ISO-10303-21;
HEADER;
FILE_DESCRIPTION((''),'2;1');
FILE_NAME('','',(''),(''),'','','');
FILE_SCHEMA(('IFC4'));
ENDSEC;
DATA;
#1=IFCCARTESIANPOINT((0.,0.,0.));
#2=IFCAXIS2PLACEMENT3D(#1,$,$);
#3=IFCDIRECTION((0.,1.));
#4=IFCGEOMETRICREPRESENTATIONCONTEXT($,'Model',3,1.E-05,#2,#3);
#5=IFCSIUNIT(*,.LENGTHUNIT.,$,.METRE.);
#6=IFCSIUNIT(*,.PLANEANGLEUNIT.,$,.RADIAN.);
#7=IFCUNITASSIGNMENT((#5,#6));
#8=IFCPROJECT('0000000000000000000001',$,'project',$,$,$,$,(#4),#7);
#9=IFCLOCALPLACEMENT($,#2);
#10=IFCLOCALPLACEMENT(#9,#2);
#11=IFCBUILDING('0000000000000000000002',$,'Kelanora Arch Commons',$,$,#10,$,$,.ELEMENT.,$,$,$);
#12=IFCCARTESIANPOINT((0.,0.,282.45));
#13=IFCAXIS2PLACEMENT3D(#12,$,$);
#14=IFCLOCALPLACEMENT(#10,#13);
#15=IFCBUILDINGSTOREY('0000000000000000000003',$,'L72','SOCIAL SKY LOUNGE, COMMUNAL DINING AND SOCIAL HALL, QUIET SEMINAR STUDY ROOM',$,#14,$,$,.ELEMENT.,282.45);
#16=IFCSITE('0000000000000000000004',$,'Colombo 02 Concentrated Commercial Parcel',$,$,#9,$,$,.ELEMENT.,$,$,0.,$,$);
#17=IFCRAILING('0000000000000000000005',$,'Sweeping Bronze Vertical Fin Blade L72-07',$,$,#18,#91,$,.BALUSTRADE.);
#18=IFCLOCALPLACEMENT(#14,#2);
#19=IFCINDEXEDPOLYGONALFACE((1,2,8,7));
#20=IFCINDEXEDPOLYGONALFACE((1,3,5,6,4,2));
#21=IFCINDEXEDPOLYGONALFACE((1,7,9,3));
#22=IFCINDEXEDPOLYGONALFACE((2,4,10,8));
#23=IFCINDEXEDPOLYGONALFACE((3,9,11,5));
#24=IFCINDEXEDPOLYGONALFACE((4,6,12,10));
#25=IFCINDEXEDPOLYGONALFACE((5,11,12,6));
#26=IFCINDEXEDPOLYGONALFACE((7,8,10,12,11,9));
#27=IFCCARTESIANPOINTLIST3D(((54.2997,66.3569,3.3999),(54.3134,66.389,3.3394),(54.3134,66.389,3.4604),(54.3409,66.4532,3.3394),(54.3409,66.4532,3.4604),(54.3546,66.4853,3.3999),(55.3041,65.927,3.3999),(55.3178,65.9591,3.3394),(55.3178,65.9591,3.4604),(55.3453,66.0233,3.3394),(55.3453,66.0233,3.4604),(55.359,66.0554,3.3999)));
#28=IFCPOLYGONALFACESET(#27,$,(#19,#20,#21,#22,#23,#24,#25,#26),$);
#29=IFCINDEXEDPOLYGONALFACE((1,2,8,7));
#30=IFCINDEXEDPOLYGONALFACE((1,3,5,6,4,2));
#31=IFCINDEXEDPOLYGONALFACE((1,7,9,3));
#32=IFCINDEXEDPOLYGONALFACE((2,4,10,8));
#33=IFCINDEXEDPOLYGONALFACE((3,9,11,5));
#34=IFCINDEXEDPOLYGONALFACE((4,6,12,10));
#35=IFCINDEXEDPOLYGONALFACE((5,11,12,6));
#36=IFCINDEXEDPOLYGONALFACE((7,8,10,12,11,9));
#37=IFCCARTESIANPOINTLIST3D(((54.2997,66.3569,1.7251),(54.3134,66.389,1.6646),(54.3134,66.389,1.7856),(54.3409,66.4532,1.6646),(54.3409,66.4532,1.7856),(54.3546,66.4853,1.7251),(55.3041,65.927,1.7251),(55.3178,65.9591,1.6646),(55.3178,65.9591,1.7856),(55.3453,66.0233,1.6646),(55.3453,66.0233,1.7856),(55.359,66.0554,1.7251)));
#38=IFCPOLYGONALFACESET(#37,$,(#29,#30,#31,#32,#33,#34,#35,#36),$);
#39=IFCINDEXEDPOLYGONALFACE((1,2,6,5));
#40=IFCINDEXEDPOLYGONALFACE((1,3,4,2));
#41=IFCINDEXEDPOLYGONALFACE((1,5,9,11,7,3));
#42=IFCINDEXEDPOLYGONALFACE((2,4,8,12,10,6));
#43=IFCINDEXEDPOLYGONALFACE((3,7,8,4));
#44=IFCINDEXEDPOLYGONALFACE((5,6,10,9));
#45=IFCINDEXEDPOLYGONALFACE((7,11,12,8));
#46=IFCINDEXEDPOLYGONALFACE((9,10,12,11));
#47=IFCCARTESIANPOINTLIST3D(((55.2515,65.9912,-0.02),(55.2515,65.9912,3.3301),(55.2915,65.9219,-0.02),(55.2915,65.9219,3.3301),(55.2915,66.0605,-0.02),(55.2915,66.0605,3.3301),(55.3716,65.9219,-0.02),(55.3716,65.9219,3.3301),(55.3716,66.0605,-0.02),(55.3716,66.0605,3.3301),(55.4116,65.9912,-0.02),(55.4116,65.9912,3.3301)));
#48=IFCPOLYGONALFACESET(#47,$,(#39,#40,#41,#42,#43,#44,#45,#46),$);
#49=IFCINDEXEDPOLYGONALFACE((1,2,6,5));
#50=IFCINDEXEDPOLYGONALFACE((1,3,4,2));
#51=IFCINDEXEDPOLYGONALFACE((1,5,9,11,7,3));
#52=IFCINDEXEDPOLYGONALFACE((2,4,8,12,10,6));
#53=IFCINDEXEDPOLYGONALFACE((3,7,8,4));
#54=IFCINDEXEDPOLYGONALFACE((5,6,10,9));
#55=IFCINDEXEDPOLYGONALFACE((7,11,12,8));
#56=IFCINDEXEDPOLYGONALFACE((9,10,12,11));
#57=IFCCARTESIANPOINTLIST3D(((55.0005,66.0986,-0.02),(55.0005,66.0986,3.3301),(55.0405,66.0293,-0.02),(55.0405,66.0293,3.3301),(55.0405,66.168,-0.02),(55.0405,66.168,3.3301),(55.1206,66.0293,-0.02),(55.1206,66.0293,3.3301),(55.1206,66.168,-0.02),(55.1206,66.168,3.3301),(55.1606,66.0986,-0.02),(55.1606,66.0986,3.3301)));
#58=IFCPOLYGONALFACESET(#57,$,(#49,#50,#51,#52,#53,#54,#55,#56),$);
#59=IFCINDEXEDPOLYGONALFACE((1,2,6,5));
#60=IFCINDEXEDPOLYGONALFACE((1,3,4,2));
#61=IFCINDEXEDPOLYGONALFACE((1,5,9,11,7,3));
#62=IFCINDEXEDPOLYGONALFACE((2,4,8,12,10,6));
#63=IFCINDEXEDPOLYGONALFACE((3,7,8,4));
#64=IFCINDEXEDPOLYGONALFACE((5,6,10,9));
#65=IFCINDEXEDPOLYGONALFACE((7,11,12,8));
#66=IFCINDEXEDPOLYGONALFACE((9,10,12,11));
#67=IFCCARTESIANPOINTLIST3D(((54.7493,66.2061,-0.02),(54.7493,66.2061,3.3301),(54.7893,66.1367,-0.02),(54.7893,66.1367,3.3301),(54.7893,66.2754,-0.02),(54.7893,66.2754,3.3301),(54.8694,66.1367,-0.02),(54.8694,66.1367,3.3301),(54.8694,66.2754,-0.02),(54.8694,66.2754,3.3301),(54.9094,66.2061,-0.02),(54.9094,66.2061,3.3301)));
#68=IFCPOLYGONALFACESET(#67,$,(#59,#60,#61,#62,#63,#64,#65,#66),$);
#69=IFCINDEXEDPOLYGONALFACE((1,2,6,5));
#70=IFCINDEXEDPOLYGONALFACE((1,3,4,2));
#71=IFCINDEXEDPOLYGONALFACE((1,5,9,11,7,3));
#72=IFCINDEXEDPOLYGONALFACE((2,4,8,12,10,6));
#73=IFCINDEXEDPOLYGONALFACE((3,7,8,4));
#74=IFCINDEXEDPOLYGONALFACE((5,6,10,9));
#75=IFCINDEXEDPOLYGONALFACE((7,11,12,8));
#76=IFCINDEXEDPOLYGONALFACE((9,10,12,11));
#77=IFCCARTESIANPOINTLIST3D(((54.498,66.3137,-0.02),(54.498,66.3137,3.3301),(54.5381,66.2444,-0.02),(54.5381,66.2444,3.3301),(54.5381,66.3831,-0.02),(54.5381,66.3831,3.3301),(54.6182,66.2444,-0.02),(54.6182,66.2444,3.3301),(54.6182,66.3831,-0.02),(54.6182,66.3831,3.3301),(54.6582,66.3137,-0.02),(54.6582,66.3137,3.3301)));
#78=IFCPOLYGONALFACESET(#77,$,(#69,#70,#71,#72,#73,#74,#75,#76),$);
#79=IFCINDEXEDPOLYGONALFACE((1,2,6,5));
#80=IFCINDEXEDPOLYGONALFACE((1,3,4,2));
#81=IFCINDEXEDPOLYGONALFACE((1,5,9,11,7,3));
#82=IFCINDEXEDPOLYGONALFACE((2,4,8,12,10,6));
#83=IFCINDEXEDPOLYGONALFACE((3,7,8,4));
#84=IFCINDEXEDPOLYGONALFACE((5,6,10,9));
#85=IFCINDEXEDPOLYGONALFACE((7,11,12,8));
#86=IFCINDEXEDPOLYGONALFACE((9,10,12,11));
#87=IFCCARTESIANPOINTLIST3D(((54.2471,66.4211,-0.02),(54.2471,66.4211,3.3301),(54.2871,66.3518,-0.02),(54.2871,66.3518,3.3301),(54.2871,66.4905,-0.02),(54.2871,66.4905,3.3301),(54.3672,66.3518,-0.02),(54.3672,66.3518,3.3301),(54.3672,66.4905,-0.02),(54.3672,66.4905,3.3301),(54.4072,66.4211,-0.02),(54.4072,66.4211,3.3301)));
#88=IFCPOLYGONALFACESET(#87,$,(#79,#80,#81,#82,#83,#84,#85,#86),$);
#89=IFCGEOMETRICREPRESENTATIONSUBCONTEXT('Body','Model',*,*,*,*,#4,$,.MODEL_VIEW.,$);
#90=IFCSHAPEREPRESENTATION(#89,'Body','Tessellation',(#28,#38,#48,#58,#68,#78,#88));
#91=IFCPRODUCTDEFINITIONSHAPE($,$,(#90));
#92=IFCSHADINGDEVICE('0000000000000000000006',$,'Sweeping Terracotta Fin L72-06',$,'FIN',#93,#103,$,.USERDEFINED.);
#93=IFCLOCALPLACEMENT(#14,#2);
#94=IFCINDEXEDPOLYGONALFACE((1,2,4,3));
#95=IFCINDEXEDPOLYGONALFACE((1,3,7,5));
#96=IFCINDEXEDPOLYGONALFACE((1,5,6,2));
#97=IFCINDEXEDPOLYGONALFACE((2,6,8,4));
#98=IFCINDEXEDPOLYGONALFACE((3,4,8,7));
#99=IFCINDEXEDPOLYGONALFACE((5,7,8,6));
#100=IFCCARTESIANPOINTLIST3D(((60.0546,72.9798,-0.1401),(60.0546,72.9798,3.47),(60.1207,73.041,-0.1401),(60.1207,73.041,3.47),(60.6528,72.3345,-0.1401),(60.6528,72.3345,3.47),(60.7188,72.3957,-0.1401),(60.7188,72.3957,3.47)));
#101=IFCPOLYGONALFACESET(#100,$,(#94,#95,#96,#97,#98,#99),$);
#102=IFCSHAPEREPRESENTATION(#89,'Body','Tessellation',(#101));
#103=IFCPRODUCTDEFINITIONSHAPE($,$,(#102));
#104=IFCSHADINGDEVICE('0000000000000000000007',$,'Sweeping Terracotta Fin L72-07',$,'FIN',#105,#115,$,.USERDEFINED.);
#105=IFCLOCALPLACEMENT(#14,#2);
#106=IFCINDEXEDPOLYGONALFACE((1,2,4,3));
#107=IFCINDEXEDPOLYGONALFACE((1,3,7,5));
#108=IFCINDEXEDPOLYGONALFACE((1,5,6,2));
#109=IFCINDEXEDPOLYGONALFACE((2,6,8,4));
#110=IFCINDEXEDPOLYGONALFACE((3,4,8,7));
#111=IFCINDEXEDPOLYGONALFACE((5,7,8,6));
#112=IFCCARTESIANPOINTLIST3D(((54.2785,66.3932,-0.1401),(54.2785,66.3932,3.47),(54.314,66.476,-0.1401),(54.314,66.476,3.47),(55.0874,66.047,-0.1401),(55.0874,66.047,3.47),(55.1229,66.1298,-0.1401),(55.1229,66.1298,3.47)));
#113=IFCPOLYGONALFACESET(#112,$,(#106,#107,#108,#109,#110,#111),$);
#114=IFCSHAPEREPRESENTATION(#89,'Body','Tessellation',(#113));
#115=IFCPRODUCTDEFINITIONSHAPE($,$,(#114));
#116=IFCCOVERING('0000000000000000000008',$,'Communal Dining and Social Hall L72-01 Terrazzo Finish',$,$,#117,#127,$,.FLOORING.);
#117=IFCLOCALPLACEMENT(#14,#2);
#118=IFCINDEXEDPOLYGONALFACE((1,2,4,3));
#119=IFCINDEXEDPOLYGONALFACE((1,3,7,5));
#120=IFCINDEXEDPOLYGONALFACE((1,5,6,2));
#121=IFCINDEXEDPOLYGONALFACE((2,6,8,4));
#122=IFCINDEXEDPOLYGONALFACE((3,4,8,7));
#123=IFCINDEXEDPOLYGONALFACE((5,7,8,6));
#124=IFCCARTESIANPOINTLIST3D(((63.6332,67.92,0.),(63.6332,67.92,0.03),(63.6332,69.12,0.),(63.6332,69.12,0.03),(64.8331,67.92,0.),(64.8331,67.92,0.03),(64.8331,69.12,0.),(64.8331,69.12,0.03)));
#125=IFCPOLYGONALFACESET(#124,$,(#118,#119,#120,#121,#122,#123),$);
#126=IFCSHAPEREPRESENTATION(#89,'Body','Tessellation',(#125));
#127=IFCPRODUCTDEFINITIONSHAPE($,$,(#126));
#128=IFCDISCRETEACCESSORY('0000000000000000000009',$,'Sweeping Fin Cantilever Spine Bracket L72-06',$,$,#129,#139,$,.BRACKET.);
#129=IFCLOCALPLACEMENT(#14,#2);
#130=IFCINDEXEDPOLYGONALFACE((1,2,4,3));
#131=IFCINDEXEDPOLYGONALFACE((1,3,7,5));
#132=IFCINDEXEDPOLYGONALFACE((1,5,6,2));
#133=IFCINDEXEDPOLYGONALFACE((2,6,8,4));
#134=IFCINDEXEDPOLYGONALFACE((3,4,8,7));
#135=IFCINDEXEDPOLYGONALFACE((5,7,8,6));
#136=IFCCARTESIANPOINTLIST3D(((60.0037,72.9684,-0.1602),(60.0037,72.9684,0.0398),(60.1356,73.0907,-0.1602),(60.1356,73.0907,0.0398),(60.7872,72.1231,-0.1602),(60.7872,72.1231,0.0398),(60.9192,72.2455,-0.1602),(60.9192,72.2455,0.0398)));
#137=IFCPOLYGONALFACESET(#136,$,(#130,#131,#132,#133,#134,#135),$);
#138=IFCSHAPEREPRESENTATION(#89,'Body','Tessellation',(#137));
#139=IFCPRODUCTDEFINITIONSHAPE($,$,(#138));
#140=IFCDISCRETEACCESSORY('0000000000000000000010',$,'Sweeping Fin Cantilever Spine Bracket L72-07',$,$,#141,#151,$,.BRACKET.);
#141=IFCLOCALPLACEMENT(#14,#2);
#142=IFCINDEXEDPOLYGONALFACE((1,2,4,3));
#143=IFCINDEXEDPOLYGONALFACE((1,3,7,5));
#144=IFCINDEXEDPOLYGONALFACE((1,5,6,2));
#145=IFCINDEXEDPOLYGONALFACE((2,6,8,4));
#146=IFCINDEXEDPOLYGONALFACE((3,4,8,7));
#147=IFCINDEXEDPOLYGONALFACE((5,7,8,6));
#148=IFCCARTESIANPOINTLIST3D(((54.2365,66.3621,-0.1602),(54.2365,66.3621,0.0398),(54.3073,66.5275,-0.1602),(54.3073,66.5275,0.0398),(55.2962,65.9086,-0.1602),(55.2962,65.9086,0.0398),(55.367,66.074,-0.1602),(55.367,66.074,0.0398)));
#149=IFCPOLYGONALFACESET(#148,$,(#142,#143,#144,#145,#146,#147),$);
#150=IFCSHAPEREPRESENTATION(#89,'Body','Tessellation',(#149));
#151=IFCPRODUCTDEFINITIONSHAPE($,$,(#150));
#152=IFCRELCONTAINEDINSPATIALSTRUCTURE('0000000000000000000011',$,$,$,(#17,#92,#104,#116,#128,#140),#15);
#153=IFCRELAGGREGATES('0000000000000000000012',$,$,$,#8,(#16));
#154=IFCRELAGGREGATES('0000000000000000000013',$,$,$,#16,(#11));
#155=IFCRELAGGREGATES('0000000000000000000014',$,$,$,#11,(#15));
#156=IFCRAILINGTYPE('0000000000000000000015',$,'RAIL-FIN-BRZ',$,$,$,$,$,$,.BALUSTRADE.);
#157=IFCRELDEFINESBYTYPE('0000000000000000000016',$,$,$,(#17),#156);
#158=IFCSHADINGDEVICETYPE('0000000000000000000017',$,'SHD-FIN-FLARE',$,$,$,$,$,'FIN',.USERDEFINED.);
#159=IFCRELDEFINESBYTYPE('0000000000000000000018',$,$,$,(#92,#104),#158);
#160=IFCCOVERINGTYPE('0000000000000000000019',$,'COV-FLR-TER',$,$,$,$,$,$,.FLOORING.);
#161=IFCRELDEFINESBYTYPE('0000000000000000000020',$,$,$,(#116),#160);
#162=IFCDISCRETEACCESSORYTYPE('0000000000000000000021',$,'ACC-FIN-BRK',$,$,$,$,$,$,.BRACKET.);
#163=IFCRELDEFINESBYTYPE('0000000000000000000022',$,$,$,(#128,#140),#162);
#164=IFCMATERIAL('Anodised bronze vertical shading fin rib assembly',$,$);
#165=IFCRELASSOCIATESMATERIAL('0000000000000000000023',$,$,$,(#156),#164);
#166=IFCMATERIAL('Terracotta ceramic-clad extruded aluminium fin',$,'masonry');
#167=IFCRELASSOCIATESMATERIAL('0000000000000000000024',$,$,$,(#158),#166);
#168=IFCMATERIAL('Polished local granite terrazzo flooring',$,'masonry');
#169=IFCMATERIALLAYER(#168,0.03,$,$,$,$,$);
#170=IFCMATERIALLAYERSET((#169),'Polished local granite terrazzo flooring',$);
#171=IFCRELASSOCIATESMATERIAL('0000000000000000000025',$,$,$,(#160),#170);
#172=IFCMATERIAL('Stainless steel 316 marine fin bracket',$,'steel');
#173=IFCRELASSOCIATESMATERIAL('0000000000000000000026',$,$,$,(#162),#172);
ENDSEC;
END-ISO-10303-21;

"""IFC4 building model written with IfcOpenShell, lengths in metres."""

from ifc_helpers import new_model, si_unit, direction, frame, origin, origin_2d, place, context, subcontext, project, spatial, polyline, rectangle, outline, extrude, source, transform, mapped, material, layer, layer_set, type_object, element, save


model = new_model("IFC4")

# Units and contexts
model_context = context("Model", 3, precision=1e-05, world=origin(), true_north=direction((0.0, 1.0)))
body_context = subcontext(model_context, "Body", "Model", "MODEL_VIEW")
ifc_project = project(units=[si_unit("LENGTHUNIT", "METRE"), si_unit("PLANEANGLEUNIT", "RADIAN")], contexts=[model_context])

# Site, building, storey
site_placement = place(None, origin())
site = spatial("IfcSite", under=ifc_project, at=site_placement, Name="Colombo 02 Concentrated Commercial Parcel", CompositionType="ELEMENT", RefElevation=0.0)
building_placement = place(site_placement, origin())
building = spatial("IfcBuilding", under=site, at=building_placement, Name="Kelanora Arch Commons", CompositionType="ELEMENT")
storey_placement = place(building_placement, frame((0.0, 0.0, 282.45)))
storey = spatial("IfcBuildingStorey", under=building, at=storey_placement, Name="L72", Description="SOCIAL SKY LOUNGE, COMMUNAL DINING AND SOCIAL HALL, QUIET SEMINAR STUDY ROOM", CompositionType="ELEMENT", Elevation=282.45)

# Railing
ifc_material_1 = material(Name="Anodised bronze vertical shading fin rib assembly")
railing_type = type_object("IfcRailingType", Name="RAIL-FIN-BRZ", PredefinedType="BALUSTRADE", material=ifc_material_1)
railing_1_placement = place(storey_placement, frame((55.3315, 65.9912, -0.02)))
element("IfcRailing", 1, at=railing_1_placement, inside=storey, type_object=railing_type, Name="Sweeping Bronze Vertical Fin Blade L72-07", PredefinedType="BALUSTRADE", context=body_context, shape_type="SweptSolid", body=[
    extrude(outline(polyline([(0.0698, 0.0), (0.0349, 0.0605), (-0.0349, 0.0605), (-0.0698, 0.0), (-0.0349, -0.0605), (0.0349, -0.0605), (0.0698, 0.0)])), frame((0.0, 0.0, 3.4199), z_axis=(-0.919318, 0.393515, 0.0), x_axis=(-0.393515, -0.919318, 0.0)), (0.0, 0.0, 1.0), 1.0925),
    extrude(outline(polyline([(0.0698, 0.0), (0.0349, 0.0605), (-0.0349, 0.0605), (-0.0698, 0.0), (-0.0349, -0.0605), (0.0349, -0.0605), (0.0698, 0.0)])), frame((0.0, 0.0, 1.7451), z_axis=(-0.919318, 0.393515, 0.0), x_axis=(-0.393515, -0.919318, 0.0)), (0.0, 0.0, 1.0), 1.0925),
    extrude(outline(polyline([(0.0801, 0.0), (0.04, 0.0693), (-0.04, 0.0693), (-0.0801, 0.0), (-0.04, -0.0693), (0.04, -0.0693), (0.0801, 0.0)])), origin(), (0.0, 0.0, 1.0), 3.3501),
    extrude(outline(polyline([(0.0801, 0.0), (0.04, 0.0693), (-0.04, 0.0693), (-0.0801, 0.0), (-0.04, -0.0693), (0.04, -0.0693), (0.0801, 0.0)])), frame((-0.251, 0.1074, 0.0)), (0.0, 0.0, 1.0), 3.3501),
    extrude(outline(polyline([(0.0801, 0.0), (0.04, 0.0693), (-0.04, 0.0693), (-0.0801, 0.0), (-0.04, -0.0693), (0.04, -0.0693), (0.0801, 0.0)])), frame((-0.5022, 0.2148, 0.0)), (0.0, 0.0, 1.0), 3.3501),
    extrude(outline(polyline([(0.0801, 0.0), (0.04, 0.0693), (-0.04, 0.0693), (-0.0801, 0.0), (-0.04, -0.0693), (0.04, -0.0693), (0.0801, 0.0)])), frame((-0.7534, 0.3225, 0.0)), (0.0, 0.0, 1.0), 3.3501),
    extrude(outline(polyline([(0.0801, 0.0), (0.04, 0.0693), (-0.04, 0.0693), (-0.0801, 0.0), (-0.04, -0.0693), (0.04, -0.0693), (0.0801, 0.0)])), frame((-1.0044, 0.4299, 0.0)), (0.0, 0.0, 1.0), 3.3501),
])

# Shading devices
ifc_material_2 = material(Name="Terracotta ceramic-clad extruded aluminium fin", Category="masonry")
shading_device_type = type_object("IfcShadingDeviceType", Name="SHD-FIN-FLARE", ElementType="FIN", PredefinedType="USERDEFINED", material=ifc_material_2)
shared_shape_1 = source(origin(), body_context, "Body", "SweptSolid", [
    extrude(rectangle(XDim=0.8799, YDim=0.0901, at=origin_2d()), origin(), (0.0, 0.0, 1.0), 3.6101),
])
for number, where, z_axis, x_axis, name in (
    (2, (60.3867, 72.6877, -0.1401), (0.0, 0.0, 1.0), (-0.679825, 0.733374, 0.0), "Sweeping Terracotta Fin L72-06"),
    (3, (54.7007, 66.2615, -0.1401), (0.0, 0.0, 1.0), (-0.919341, 0.393461, 0.0), "Sweeping Terracotta Fin L72-07"),
):
    element("IfcShadingDevice", number, at=place(storey_placement, frame(where, z_axis=z_axis, x_axis=x_axis)), inside=storey, type_object=shading_device_type, Name=name, ObjectType="FIN", PredefinedType="USERDEFINED", context=body_context, shape_type="MappedRepresentation", body=[
        mapped(shared_shape_1, transform((0.0, 0.0, 0.0), scale=1.0)),
    ])

# Covering
ifc_material_3 = material(Name="Polished local granite terrazzo flooring", Category="masonry")
ifc_layer_1 = layer(ifc_material_3, 0.03)
ifc_layer_set_1 = layer_set([ifc_layer_1], Name="Polished local granite terrazzo flooring")
covering_type = type_object("IfcCoveringType", Name="COV-FLR-TER", PredefinedType="FLOORING", material=ifc_layer_set_1)
shared_shape_2 = source(origin(), body_context, "Body", "SweptSolid", [
    extrude(rectangle(XDim=1.2, YDim=1.2, at=origin_2d()), origin(), (0.0, 0.0, 1.0), 0.03),
])
covering_placement = place(storey_placement, frame((64.2332, 68.52, 0.0), z_axis=(0.0, 0.0, 1.0), x_axis=(1.0, 0.0, 0.0)))
element("IfcCovering", 4, at=covering_placement, inside=storey, type_object=covering_type, Name="Communal Dining and Social Hall L72-01 Terrazzo Finish", PredefinedType="FLOORING", context=body_context, shape_type="MappedRepresentation", body=[
    mapped(shared_shape_2, transform((0.0, 0.0, 0.0), scale=1.0)),
])

# Discrete accessories
ifc_material_4 = material(Name="Stainless steel 316 marine fin bracket", Category="steel")
discrete_accessory_type = type_object("IfcDiscreteAccessoryType", Name="ACC-FIN-BRK", PredefinedType="BRACKET", material=ifc_material_4)
shared_shape_3 = source(origin(), body_context, "Body", "SweptSolid", [
    extrude(rectangle(XDim=1.1526, YDim=0.1799, at=origin_2d()), origin(), (0.0, 0.0, 1.0), 0.2),
])
for number, where, z_axis, x_axis, name in (
    (5, (60.4614, 72.6069, -0.1602), (0.0, 0.0, 1.0), (-0.679825, 0.733374, 0.0), "Sweeping Fin Cantilever Spine Bracket L72-06"),
    (6, (54.8018, 66.218, -0.1602), (0.0, 0.0, 1.0), (-0.919341, 0.393461, 0.0), "Sweeping Fin Cantilever Spine Bracket L72-07"),
):
    element("IfcDiscreteAccessory", number, at=place(storey_placement, frame(where, z_axis=z_axis, x_axis=x_axis)), inside=storey, type_object=discrete_accessory_type, Name=name, PredefinedType="BRACKET", context=body_context, shape_type="MappedRepresentation", body=[
        mapped(shared_shape_3, transform((0.0, 0.0, 0.0), scale=1.0)),
    ])

save(model, "model.ifc")
